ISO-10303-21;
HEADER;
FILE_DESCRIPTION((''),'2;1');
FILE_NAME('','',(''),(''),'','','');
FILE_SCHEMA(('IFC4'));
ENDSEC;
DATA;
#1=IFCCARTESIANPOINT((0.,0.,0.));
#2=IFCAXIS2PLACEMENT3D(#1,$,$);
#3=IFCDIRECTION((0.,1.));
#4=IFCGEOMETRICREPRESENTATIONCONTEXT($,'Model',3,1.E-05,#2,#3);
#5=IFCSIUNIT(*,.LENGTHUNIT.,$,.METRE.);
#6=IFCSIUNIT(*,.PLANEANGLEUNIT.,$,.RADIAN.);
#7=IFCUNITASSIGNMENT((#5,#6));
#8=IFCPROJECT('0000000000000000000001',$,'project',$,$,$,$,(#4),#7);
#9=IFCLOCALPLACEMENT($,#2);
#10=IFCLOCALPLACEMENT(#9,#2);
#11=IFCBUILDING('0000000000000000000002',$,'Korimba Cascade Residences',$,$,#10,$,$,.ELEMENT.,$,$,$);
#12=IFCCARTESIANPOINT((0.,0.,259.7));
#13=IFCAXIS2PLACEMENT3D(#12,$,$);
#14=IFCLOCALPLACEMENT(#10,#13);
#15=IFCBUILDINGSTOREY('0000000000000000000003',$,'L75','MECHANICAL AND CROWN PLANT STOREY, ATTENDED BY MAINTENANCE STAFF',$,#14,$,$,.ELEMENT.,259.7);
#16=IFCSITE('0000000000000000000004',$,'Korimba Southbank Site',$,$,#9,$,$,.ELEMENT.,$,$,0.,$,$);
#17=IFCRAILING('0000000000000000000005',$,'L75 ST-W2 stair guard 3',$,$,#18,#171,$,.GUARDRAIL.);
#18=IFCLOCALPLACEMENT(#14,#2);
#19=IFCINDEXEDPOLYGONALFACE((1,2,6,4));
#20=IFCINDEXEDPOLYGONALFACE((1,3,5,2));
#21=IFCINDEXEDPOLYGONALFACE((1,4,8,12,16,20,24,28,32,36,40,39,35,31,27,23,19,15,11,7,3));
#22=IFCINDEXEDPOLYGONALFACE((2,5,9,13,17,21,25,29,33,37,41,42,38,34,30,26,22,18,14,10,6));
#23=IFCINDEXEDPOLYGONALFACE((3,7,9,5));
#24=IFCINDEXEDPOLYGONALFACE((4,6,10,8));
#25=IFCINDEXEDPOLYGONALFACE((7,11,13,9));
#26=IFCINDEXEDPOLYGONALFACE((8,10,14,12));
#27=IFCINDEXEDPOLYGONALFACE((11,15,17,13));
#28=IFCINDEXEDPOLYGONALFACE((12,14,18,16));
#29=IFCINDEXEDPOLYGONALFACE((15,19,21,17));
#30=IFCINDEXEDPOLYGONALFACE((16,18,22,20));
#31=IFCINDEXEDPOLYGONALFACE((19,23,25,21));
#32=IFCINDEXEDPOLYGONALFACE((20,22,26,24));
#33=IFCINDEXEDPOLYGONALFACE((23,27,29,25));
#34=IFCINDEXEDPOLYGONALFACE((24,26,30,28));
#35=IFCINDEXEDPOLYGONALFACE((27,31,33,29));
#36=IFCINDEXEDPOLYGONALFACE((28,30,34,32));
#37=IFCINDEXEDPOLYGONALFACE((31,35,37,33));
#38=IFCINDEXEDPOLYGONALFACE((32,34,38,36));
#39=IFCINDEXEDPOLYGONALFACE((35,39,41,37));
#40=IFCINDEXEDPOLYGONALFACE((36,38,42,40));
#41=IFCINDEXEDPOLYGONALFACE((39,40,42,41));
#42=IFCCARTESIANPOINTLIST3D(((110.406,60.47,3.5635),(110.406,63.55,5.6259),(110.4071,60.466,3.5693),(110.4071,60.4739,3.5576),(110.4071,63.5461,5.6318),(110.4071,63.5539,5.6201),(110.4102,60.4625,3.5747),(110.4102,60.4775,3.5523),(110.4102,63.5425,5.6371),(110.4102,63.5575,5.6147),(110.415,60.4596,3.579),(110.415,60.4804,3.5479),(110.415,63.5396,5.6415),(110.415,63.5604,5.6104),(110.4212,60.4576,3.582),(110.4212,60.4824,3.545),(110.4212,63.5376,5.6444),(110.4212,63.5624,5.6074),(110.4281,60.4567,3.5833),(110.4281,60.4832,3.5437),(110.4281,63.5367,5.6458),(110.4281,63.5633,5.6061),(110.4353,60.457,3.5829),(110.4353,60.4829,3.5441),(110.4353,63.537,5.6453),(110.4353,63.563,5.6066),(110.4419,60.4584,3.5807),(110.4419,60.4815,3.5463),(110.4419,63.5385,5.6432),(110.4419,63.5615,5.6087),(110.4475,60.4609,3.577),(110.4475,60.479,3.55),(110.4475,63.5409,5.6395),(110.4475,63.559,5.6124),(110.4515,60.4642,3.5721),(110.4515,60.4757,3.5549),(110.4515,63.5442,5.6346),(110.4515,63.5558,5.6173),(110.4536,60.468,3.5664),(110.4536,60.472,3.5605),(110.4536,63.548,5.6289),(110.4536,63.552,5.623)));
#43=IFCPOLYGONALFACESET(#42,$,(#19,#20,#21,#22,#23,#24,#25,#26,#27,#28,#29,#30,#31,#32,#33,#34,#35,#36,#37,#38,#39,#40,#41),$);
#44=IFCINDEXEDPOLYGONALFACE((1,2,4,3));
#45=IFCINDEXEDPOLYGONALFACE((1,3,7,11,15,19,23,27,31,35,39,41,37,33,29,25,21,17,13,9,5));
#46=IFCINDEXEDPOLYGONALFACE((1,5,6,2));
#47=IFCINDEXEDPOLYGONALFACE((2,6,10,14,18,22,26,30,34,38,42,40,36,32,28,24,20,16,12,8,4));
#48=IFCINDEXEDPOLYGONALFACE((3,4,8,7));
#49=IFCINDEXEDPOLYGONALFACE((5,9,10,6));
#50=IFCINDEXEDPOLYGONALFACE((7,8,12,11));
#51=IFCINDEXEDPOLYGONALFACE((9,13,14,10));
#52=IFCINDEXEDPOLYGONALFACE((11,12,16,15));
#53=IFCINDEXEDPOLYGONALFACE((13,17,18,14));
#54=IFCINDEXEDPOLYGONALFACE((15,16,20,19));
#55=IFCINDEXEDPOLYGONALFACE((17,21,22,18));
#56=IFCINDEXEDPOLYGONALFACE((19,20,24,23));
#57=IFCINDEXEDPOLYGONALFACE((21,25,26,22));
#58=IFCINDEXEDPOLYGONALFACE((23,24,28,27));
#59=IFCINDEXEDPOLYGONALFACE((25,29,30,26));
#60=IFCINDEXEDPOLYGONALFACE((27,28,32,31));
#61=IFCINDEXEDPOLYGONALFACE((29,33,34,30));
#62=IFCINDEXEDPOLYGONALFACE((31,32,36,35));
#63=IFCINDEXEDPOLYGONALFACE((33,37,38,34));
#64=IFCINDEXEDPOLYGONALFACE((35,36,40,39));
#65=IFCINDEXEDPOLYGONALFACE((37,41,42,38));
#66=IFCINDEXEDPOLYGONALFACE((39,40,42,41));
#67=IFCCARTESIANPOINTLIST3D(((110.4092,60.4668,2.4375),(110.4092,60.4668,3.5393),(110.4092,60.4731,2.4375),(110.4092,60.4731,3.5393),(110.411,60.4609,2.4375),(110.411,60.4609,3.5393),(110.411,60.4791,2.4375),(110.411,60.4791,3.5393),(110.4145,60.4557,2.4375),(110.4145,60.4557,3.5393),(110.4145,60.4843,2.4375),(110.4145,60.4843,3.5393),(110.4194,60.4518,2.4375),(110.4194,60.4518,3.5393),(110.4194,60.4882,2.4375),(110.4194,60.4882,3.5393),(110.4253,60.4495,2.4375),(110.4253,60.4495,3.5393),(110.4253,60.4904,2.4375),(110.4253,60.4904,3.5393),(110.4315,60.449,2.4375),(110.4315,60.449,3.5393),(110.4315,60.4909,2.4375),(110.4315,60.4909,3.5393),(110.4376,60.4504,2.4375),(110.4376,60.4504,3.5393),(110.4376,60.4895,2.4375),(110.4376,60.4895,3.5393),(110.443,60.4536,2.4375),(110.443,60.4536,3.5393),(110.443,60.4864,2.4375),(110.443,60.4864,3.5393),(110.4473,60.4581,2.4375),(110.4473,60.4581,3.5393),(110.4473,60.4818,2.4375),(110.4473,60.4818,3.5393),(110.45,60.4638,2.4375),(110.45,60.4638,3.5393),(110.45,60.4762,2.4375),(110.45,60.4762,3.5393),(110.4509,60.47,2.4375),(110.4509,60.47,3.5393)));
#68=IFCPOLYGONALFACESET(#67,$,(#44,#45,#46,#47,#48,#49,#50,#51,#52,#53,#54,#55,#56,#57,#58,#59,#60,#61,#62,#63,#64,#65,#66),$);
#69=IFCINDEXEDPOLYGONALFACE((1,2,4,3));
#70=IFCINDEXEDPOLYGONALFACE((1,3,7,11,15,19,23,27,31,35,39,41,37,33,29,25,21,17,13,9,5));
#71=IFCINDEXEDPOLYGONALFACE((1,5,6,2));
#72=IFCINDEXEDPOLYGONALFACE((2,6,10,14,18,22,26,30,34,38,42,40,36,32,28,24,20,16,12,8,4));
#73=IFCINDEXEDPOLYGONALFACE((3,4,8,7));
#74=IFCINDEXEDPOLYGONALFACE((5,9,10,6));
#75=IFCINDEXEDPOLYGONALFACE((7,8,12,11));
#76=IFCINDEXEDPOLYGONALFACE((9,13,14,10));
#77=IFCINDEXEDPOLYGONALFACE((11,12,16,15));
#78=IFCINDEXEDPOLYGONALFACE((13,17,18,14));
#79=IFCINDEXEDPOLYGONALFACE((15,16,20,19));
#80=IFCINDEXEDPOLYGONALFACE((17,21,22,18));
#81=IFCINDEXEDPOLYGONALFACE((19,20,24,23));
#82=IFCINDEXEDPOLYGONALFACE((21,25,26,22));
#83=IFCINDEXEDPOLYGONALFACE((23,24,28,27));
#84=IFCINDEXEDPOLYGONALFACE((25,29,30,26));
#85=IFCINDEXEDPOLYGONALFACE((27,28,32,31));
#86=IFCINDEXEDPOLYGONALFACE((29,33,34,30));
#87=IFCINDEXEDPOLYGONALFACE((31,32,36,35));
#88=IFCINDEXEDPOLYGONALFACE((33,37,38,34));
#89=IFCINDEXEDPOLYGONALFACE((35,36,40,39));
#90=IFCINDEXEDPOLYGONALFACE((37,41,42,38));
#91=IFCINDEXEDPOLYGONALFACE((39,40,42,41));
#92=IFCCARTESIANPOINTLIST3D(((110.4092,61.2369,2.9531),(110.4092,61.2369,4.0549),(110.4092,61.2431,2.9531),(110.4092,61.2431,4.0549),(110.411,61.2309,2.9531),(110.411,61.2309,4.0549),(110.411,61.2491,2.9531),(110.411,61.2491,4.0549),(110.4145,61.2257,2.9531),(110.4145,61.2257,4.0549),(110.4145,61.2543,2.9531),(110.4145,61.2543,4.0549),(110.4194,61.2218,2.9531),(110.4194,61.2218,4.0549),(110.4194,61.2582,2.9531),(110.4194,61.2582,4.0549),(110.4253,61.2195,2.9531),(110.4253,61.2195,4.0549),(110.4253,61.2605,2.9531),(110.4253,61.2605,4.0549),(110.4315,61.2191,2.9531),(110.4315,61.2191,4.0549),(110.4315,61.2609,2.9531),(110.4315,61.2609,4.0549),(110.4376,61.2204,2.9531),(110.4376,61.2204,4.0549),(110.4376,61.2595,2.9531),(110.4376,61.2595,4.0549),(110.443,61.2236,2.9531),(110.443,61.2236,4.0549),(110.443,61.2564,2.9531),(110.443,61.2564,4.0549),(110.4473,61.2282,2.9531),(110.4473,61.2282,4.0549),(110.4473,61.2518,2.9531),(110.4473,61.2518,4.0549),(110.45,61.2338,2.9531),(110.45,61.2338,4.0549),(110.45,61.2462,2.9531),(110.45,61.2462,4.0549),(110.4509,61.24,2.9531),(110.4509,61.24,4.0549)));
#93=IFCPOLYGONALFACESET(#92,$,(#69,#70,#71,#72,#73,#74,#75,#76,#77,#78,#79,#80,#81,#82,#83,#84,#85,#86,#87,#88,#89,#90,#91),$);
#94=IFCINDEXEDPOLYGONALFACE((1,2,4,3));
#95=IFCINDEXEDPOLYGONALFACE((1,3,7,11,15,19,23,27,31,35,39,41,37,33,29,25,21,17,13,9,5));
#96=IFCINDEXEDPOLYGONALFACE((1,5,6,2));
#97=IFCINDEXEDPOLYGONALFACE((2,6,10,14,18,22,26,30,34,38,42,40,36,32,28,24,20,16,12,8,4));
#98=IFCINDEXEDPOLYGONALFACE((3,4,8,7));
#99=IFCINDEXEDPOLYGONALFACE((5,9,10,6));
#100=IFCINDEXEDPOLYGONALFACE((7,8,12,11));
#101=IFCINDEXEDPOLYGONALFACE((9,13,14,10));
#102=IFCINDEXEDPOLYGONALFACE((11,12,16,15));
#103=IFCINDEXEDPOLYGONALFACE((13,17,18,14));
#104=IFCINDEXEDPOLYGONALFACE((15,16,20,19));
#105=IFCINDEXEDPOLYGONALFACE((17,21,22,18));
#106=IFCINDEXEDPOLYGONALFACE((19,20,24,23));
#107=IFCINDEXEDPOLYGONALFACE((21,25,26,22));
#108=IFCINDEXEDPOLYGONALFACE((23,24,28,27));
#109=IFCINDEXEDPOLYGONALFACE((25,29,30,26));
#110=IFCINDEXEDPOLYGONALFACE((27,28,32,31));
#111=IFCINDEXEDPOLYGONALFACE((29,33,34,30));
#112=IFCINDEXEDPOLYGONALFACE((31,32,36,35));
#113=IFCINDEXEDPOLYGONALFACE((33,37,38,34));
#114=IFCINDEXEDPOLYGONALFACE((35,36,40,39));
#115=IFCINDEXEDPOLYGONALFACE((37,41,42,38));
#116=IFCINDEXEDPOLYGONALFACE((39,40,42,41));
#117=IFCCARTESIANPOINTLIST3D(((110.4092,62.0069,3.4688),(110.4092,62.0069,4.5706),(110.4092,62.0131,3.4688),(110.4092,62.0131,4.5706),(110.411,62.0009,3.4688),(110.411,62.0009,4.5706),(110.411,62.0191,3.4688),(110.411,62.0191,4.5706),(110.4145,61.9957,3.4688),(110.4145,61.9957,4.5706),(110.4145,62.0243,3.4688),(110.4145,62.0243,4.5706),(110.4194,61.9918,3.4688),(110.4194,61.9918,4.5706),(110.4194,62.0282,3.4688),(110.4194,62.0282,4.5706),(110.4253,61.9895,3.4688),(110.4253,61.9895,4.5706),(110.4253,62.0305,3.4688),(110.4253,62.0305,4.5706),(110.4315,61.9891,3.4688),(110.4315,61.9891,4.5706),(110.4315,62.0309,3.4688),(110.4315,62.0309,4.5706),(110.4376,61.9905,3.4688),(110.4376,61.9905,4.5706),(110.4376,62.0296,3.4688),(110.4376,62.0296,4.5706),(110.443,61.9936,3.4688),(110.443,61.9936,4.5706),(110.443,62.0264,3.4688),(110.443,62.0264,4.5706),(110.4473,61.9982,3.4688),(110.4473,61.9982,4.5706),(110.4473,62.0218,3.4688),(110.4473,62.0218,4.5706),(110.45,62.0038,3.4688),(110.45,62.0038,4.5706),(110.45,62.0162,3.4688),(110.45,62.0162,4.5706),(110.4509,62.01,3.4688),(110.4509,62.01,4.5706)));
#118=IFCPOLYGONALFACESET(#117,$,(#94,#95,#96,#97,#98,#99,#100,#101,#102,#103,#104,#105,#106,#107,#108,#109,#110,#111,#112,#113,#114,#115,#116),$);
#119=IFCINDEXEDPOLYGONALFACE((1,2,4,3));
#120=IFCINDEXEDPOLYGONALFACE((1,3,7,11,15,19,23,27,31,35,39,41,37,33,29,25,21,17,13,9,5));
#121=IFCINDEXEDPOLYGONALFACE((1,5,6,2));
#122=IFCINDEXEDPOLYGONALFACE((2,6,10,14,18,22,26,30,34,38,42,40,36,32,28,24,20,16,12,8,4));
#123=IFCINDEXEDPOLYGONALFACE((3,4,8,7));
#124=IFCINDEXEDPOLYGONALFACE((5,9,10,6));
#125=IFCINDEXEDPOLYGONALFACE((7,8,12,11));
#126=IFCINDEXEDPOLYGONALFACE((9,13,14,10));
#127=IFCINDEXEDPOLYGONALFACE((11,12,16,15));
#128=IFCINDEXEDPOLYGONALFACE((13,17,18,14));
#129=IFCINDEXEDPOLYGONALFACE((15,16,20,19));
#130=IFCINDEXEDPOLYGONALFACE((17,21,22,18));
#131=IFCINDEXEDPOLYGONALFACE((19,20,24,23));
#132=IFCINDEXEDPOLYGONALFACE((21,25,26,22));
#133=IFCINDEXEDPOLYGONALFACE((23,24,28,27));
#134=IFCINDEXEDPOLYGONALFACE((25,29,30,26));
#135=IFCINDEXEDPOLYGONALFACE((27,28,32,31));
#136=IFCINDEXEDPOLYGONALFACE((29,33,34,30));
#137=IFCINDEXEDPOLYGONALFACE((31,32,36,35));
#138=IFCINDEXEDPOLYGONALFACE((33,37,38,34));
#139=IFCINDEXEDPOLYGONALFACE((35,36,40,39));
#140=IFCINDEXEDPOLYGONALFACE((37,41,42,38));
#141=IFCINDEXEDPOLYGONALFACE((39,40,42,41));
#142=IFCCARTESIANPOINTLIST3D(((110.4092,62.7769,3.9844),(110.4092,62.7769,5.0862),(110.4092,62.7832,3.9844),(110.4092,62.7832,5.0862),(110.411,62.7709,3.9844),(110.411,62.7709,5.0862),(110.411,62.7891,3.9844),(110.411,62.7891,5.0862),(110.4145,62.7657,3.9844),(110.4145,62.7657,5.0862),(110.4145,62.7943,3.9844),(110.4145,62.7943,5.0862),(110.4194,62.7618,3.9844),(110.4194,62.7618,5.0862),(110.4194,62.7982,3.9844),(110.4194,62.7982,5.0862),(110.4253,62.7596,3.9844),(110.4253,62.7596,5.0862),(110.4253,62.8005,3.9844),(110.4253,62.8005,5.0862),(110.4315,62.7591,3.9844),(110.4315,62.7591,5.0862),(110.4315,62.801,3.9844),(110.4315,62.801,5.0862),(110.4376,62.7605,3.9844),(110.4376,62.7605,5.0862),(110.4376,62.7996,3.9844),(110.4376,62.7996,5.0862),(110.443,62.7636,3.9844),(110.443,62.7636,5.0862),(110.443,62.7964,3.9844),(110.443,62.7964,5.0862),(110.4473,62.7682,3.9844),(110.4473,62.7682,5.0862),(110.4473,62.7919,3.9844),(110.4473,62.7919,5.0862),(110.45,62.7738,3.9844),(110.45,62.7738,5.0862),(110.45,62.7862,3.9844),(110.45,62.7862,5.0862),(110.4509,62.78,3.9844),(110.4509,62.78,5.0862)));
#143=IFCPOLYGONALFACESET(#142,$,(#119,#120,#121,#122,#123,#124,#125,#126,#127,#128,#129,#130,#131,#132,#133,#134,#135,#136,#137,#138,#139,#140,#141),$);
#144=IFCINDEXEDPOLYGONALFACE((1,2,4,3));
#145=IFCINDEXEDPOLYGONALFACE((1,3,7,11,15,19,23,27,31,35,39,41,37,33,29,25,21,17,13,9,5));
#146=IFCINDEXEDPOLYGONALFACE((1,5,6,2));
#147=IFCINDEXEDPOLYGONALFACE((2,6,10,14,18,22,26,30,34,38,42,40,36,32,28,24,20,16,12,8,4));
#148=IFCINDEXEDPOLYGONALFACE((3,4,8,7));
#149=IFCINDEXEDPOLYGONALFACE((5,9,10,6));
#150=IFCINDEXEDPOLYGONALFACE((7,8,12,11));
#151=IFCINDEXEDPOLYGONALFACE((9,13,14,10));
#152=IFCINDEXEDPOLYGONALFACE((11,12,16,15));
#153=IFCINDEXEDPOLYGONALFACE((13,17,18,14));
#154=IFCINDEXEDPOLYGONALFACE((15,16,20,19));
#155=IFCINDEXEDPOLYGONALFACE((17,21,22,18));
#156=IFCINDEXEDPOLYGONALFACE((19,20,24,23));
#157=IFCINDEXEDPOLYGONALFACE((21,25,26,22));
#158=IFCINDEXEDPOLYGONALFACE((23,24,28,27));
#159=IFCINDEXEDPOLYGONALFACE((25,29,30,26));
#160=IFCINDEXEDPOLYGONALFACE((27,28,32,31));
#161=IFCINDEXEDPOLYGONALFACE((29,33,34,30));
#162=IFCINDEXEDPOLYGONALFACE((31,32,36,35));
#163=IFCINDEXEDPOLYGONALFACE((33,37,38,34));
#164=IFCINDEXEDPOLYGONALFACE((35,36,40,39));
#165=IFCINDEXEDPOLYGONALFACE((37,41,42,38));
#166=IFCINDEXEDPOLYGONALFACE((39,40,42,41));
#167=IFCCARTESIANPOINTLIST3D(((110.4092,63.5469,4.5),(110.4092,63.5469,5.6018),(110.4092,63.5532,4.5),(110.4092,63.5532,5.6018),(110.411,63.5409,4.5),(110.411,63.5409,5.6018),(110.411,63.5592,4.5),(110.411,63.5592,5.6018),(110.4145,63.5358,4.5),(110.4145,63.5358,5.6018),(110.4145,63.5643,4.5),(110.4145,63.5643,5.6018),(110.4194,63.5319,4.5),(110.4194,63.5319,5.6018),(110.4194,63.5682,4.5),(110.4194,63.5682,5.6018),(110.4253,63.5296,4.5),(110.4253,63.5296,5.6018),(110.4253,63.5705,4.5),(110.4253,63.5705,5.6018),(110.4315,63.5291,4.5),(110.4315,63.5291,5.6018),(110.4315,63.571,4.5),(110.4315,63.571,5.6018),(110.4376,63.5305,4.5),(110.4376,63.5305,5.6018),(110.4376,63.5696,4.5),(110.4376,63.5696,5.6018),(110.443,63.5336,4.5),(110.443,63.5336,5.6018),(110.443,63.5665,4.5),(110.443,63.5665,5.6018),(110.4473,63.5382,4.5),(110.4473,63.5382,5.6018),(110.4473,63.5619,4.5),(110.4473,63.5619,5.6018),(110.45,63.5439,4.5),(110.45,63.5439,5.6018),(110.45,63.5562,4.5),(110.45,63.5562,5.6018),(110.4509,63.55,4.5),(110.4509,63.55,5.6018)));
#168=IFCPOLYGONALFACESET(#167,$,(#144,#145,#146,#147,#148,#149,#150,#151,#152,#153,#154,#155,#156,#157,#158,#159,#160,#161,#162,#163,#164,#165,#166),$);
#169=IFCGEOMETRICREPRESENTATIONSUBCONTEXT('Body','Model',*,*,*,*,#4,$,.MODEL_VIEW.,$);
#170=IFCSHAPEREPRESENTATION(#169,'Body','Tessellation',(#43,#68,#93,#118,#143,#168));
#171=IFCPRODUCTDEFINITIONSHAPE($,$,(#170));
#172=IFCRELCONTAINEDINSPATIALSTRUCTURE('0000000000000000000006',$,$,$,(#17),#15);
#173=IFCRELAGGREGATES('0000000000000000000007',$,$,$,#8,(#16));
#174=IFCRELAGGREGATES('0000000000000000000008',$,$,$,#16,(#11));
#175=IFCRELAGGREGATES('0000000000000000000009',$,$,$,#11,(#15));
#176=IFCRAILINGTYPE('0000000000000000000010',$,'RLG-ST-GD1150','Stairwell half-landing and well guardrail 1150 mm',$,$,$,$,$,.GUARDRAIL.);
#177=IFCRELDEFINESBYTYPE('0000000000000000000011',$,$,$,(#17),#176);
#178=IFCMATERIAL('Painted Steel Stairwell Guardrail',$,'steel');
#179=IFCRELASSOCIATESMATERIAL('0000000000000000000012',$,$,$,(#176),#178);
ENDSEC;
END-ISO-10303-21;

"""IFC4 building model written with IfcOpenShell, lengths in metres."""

from ifc_helpers import new_model, si_unit, direction, frame, origin, origin_2d, place, context, subcontext, project, spatial, circle, extrude, material, type_object, element, save


model = new_model("IFC4")

# Units and contexts
model_context = context("Model", 3, precision=1e-05, world=origin(), true_north=direction((0.0, 1.0)))
body_context = subcontext(model_context, "Body", "Model", "MODEL_VIEW")
ifc_project = project(units=[si_unit("LENGTHUNIT", "METRE"), si_unit("PLANEANGLEUNIT", "RADIAN")], contexts=[model_context])

# Site, building, storey
site_placement = place(None, origin())
site = spatial("IfcSite", under=ifc_project, at=site_placement, Name="Korimba Southbank Site", CompositionType="ELEMENT", RefElevation=0.0)
building_placement = place(site_placement, origin())
building = spatial("IfcBuilding", under=site, at=building_placement, Name="Korimba Cascade Residences", CompositionType="ELEMENT")
storey_placement = place(building_placement, frame((0.0, 0.0, 259.7)))
storey = spatial("IfcBuildingStorey", under=building, at=storey_placement, Name="L75", Description="MECHANICAL AND CROWN PLANT STOREY, ATTENDED BY MAINTENANCE STAFF", CompositionType="ELEMENT", Elevation=259.7)

# Railing
ifc_material_1 = material(Name="Painted Steel Stairwell Guardrail", Category="steel")
railing_type_1 = type_object("IfcRailingType", Name="RLG-ST-GD1150", Description="Stairwell half-landing and well guardrail 1150 mm", PredefinedType="GUARDRAIL", material=ifc_material_1)
railing_1_placement = place(storey_placement, frame((110.4299, 60.47, 2.4375)))
element("IfcRailing", 1, at=railing_1_placement, inside=storey, type_object=railing_type_1, Name="L75 ST-W2 stair guard 3", PredefinedType="GUARDRAIL", context=body_context, shape_type="SweptSolid", body=[
    extrude(circle(Radius=0.0239, at=origin_2d()), frame((0.0, 0.0, 1.126), z_axis=(0.0, 0.830914, 0.556401), x_axis=(-1.0, 0.0, 0.0)), (0.0, 0.0, 1.0), 3.7068),
    extrude(circle(Radius=0.021, at=origin_2d()), origin(), (0.0, 0.0, 1.0), 1.1018),
    extrude(circle(Radius=0.021, at=origin_2d()), frame((0.0, 0.77, 0.5156)), (0.0, 0.0, 1.0), 1.1018),
    extrude(circle(Radius=0.021, at=origin_2d()), frame((0.0, 1.54, 1.0312)), (0.0, 0.0, 1.0), 1.1018),
    extrude(circle(Radius=0.021, at=origin_2d()), frame((0.0, 2.3101, 1.5469)), (0.0, 0.0, 1.0), 1.1018),
    extrude(circle(Radius=0.021, at=origin_2d()), frame((0.0, 3.0801, 2.0625)), (0.0, 0.0, 1.0), 1.1018),
])

save(model, "model.ifc")
